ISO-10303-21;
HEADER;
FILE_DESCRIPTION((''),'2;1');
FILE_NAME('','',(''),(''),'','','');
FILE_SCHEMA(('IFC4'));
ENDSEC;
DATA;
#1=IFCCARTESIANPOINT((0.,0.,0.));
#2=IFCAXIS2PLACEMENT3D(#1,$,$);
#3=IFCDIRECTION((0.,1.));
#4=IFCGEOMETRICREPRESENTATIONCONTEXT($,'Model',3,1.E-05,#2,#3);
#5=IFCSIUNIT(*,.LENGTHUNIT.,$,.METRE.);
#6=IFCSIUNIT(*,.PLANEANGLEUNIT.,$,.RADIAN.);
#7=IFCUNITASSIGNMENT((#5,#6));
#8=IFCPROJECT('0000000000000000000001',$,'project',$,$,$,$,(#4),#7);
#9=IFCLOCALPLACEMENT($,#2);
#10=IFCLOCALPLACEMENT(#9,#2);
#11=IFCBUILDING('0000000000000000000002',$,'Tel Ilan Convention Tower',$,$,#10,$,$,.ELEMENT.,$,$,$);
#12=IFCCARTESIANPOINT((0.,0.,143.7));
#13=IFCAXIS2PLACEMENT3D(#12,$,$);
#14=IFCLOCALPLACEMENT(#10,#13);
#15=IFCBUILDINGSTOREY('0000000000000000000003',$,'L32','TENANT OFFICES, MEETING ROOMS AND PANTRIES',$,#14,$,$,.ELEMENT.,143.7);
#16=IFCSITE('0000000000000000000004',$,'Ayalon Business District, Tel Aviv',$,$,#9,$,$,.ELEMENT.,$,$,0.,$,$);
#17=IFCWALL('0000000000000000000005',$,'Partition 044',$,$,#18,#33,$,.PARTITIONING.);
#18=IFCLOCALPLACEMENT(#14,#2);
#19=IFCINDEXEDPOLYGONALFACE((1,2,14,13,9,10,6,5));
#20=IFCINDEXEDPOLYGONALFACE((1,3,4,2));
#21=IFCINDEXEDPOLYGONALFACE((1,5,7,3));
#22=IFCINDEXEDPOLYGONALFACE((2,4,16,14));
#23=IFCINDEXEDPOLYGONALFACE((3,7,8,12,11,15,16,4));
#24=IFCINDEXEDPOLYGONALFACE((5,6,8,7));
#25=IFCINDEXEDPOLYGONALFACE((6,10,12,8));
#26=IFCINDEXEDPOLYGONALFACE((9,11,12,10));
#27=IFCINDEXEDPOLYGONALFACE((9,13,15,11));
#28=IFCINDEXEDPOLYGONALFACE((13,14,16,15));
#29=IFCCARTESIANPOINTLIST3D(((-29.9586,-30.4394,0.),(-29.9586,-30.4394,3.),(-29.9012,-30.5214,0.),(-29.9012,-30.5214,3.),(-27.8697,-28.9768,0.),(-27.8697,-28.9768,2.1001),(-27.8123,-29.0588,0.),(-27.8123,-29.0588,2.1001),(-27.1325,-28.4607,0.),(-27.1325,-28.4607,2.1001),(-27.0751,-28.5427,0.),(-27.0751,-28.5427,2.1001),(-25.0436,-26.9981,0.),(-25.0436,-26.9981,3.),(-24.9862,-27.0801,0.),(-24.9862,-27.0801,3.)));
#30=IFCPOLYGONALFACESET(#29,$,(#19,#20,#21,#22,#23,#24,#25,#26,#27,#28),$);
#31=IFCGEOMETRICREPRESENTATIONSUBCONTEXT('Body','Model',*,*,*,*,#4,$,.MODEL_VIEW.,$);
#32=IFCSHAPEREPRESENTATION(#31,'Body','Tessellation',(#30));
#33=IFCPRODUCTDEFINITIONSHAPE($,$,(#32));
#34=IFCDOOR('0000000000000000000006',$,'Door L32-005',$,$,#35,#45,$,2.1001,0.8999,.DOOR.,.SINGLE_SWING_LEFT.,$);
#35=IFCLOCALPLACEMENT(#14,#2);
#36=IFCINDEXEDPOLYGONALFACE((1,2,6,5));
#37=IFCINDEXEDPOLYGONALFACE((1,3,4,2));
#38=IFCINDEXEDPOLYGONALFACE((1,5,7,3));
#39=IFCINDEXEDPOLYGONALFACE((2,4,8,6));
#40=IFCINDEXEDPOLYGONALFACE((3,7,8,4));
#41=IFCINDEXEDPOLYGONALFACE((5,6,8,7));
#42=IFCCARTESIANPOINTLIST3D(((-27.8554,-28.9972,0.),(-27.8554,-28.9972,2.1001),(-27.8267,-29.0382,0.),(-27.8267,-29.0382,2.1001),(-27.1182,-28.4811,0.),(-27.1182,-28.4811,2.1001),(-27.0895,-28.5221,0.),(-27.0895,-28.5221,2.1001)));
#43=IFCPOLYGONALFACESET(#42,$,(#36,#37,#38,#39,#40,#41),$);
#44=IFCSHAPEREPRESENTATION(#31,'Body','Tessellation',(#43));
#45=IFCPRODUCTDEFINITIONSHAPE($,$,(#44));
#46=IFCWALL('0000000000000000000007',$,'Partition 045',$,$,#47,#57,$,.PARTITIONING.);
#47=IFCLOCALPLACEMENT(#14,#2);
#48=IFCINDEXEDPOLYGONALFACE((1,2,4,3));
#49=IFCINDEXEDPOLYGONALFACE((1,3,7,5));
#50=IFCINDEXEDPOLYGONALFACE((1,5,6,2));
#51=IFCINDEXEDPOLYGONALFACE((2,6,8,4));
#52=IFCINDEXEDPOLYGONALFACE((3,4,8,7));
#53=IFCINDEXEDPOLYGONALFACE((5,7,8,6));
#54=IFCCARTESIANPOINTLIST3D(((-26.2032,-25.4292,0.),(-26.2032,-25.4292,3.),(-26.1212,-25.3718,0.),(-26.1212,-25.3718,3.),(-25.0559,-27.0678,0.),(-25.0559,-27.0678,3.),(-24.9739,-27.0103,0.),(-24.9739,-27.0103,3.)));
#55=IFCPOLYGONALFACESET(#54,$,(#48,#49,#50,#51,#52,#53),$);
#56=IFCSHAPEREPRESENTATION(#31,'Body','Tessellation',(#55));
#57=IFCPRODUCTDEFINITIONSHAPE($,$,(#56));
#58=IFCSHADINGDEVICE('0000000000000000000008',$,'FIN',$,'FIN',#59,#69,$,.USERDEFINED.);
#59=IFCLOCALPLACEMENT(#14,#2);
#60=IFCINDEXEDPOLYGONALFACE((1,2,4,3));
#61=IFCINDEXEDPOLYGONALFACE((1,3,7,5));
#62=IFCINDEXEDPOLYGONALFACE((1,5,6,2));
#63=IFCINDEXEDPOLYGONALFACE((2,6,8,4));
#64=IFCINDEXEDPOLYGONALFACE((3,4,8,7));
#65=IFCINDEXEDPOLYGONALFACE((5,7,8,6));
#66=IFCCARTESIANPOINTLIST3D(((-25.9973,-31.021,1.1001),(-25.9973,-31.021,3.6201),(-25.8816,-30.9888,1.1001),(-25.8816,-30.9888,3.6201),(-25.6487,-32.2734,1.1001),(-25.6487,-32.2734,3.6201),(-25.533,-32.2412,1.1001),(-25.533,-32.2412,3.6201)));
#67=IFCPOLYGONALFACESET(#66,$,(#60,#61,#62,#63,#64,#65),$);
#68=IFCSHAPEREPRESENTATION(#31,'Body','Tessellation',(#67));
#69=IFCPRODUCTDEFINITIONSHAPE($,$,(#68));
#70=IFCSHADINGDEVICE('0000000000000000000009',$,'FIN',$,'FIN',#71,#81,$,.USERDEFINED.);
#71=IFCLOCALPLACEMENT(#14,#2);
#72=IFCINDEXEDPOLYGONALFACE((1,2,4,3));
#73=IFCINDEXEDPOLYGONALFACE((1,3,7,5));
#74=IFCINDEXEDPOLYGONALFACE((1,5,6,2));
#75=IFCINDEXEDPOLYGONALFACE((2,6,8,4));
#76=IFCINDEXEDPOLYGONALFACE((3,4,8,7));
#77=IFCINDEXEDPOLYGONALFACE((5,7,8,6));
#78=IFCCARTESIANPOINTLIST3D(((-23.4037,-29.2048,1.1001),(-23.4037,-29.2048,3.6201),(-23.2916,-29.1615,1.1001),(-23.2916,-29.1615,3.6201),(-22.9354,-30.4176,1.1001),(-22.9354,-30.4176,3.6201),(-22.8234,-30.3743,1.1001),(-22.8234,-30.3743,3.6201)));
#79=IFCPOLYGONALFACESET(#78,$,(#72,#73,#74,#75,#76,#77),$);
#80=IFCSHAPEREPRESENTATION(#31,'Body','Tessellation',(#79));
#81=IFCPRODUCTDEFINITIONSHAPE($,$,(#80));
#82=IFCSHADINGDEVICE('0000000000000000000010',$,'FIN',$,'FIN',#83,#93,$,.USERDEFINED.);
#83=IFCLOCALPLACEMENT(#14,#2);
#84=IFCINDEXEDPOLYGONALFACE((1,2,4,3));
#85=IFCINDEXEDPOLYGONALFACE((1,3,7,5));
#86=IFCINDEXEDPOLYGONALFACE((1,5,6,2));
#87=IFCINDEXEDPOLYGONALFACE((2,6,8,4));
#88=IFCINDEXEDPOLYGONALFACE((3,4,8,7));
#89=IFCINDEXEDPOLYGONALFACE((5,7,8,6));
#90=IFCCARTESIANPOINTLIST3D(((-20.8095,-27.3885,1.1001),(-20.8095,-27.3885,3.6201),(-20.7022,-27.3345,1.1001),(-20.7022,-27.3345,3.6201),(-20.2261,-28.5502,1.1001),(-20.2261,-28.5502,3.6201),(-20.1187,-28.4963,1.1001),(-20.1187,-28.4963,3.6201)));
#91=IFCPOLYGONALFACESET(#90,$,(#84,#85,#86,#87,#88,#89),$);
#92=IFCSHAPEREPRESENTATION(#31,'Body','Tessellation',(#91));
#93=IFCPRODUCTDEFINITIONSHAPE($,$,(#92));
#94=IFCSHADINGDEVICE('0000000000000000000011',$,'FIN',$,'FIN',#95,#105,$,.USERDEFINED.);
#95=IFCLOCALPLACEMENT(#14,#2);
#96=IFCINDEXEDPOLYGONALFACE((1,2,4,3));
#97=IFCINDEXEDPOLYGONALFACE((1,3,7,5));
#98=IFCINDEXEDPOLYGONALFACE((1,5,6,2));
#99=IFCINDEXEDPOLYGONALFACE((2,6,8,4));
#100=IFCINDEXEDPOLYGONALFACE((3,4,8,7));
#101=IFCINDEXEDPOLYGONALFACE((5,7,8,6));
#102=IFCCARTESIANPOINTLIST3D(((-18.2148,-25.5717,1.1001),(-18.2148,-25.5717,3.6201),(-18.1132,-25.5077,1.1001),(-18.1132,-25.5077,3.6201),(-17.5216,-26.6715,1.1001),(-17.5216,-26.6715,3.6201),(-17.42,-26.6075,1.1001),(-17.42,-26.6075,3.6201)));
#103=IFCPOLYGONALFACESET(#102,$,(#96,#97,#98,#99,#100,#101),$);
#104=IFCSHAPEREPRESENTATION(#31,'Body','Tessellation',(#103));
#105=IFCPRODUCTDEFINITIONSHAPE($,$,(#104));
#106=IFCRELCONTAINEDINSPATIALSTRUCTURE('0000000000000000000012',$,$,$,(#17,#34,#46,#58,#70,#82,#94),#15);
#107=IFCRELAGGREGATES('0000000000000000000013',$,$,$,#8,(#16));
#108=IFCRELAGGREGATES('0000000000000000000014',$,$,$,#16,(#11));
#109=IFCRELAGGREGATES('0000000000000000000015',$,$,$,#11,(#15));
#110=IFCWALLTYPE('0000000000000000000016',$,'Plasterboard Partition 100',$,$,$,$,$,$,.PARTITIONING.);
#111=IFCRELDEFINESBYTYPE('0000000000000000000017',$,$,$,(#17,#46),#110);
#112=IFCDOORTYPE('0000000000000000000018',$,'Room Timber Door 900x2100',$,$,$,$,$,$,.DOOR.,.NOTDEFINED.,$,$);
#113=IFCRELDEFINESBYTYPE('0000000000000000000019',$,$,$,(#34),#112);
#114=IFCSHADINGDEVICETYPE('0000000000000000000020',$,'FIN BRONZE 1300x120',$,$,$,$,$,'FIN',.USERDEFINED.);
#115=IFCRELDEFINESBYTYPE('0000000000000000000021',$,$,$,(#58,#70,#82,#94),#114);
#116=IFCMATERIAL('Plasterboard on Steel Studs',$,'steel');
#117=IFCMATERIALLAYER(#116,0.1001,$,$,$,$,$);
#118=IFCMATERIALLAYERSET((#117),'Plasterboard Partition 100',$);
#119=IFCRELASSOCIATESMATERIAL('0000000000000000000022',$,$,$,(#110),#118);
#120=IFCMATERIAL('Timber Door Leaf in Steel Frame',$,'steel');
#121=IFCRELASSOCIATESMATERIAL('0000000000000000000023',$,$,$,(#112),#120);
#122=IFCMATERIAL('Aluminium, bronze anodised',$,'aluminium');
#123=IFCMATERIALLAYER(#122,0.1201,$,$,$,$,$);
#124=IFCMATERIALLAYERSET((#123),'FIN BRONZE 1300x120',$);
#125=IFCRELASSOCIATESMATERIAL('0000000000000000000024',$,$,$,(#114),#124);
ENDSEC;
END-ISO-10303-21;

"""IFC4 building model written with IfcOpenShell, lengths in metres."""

from ifc_helpers import new_model, si_unit, direction, frame, frame_2d, origin, origin_2d, place, context, subcontext, project, spatial, rectangle, extrude, material, layer, layer_set, type_object, element, fill, save


model = new_model("IFC4")

# Units and contexts
model_context = context("Model", 3, precision=1e-05, world=origin(), true_north=direction((0.0, 1.0)))
body_context = subcontext(model_context, "Body", "Model", "MODEL_VIEW")
ifc_project = project(units=[si_unit("LENGTHUNIT", "METRE"), si_unit("PLANEANGLEUNIT", "RADIAN")], contexts=[model_context])

# Site, building, storey
site_placement = place(None, origin())
site = spatial("IfcSite", under=ifc_project, at=site_placement, Name="Ayalon Business District, Tel Aviv", CompositionType="ELEMENT", RefElevation=0.0)
building_placement = place(site_placement, origin())
building = spatial("IfcBuilding", under=site, at=building_placement, Name="Tel Ilan Convention Tower", CompositionType="ELEMENT")
storey_placement = place(building_placement, frame((0.0, 0.0, 143.7)))
storey = spatial("IfcBuildingStorey", under=building, at=storey_placement, Name="L32", Description="TENANT OFFICES, MEETING ROOMS AND PANTRIES", CompositionType="ELEMENT", Elevation=143.7)

# Shared definitions
ifc_material_1 = material(Name="Plasterboard on Steel Studs", Category="steel")
ifc_layer_1 = layer(ifc_material_1, 0.1001)
ifc_layer_set_1 = layer_set([ifc_layer_1], Name="Plasterboard Partition 100")
wall_type_1 = type_object("IfcWallType", Name="Plasterboard Partition 100", PredefinedType="PARTITIONING", material=ifc_layer_set_1)

# Wall, opening, door
wall_1_placement = place(storey_placement, frame((-25.0149, -27.0391, 0.0), z_axis=(0.0, 0.0, 1.0), x_axis=(-0.819163, -0.573561, 0.0)))
wall_1 = element("IfcWall", 1, at=wall_1_placement, inside=storey, type_object=wall_type_1, Name="Partition 044", PredefinedType="PARTITIONING", context=body_context, shape_type="SweptSolid", body=[
    extrude(rectangle(XDim=6.0, YDim=0.1001, at=frame_2d((3.0, 0.0))), origin(), (0.0, 0.0, 1.0), 3.0),
])
opening_1_placement = place(wall_1_placement, frame((2.55, 0.0, 0.0)))
opening_1 = element("IfcOpeningElement", 2, at=opening_1_placement, cuts=wall_1, PredefinedType="OPENING", context=body_context, shape_type="SweptSolid", body=[
    extrude(rectangle(XDim=0.8999, YDim=2.1001, at=frame_2d((0.45, 1.05))), frame((0.0, 0.0601, 0.0), z_axis=(0.0, -1.0, 0.0), x_axis=(1.0, 0.0, 0.0)), (0.0, 0.0, 1.0), 0.1201),
])
ifc_material_2 = material(Name="Timber Door Leaf in Steel Frame", Category="steel")
door_type_1 = type_object("IfcDoorType", Name="Room Timber Door 900x2100", OperationType="NOTDEFINED", PredefinedType="DOOR", material=ifc_material_2)
door_1_placement = place(opening_1_placement, origin())
door_1 = element("IfcDoor", 3, at=door_1_placement, inside=storey, type_object=door_type_1, Name="Door L32-005", OperationType="SINGLE_SWING_LEFT", OverallHeight=2.1001, OverallWidth=0.8999, PredefinedType="DOOR", context=body_context, shape_type="SweptSolid", body=[
    extrude(rectangle(XDim=0.8999, YDim=2.1001, at=frame_2d((0.45, 1.05))), frame((0.0, 0.0249, 0.0), z_axis=(0.0, -1.0, 0.0), x_axis=(1.0, 0.0, 0.0)), (0.0, 0.0, 1.0), 0.05),
])
fill(opening_1, door_1)

# Wall
wall_2_placement = place(storey_placement, frame((-26.1621, -25.4006, 0.0), z_axis=(0.0, 0.0, 1.0), x_axis=(0.573569, -0.819157, 0.0)))
element("IfcWall", 4, at=wall_2_placement, inside=storey, type_object=wall_type_1, Name="Partition 045", PredefinedType="PARTITIONING", context=body_context, shape_type="SweptSolid", body=[
    extrude(rectangle(XDim=2.0002, YDim=0.1001, at=frame_2d((1.0, 0.0))), origin(), (0.0, 0.0, 1.0), 3.0),
])

# Shading devices
ifc_material_3 = material(Name="Aluminium, bronze anodised", Category="aluminium")
ifc_layer_2 = layer(ifc_material_3, 0.1201)
ifc_layer_set_2 = layer_set([ifc_layer_2], Name="FIN BRONZE 1300x120")
shading_device_type = type_object("IfcShadingDeviceType", Name="FIN BRONZE 1300x120", ElementType="FIN", PredefinedType="USERDEFINED", material=ifc_layer_set_2)
for number, where, z_axis, x_axis, name in (
    (5, (-25.7651, -31.6311, 1.1001), (0.0, 0.0, 1.0), (0.268173, -0.963371, 0.0), "FIN"),
    (6, (-23.1135, -29.7896, 1.1001), (0.0, 0.0, 1.0), (0.360178, -0.932884, 0.0), "FIN"),
    (7, (-20.4641, -27.9424, 1.1001), (0.0, 0.0, 1.0), (0.448799, -0.893633, 0.0), "FIN"),
    (8, (-17.8174, -26.0896, 1.1001), (0.0, 0.0, 1.0), (0.533204, -0.845986, 0.0), "FIN"),
):
    element("IfcShadingDevice", number, at=place(storey_placement, frame(where, z_axis=z_axis, x_axis=x_axis)), inside=storey, type_object=shading_device_type, Name=name, ObjectType="FIN", PredefinedType="USERDEFINED", context=body_context, shape_type="SweptSolid", body=[
        extrude(rectangle(XDim=1.3, YDim=0.1201, at=origin_2d()), origin(), (0.0, 0.0, 1.0), 2.52),
    ])

save(model, "model.ifc")
